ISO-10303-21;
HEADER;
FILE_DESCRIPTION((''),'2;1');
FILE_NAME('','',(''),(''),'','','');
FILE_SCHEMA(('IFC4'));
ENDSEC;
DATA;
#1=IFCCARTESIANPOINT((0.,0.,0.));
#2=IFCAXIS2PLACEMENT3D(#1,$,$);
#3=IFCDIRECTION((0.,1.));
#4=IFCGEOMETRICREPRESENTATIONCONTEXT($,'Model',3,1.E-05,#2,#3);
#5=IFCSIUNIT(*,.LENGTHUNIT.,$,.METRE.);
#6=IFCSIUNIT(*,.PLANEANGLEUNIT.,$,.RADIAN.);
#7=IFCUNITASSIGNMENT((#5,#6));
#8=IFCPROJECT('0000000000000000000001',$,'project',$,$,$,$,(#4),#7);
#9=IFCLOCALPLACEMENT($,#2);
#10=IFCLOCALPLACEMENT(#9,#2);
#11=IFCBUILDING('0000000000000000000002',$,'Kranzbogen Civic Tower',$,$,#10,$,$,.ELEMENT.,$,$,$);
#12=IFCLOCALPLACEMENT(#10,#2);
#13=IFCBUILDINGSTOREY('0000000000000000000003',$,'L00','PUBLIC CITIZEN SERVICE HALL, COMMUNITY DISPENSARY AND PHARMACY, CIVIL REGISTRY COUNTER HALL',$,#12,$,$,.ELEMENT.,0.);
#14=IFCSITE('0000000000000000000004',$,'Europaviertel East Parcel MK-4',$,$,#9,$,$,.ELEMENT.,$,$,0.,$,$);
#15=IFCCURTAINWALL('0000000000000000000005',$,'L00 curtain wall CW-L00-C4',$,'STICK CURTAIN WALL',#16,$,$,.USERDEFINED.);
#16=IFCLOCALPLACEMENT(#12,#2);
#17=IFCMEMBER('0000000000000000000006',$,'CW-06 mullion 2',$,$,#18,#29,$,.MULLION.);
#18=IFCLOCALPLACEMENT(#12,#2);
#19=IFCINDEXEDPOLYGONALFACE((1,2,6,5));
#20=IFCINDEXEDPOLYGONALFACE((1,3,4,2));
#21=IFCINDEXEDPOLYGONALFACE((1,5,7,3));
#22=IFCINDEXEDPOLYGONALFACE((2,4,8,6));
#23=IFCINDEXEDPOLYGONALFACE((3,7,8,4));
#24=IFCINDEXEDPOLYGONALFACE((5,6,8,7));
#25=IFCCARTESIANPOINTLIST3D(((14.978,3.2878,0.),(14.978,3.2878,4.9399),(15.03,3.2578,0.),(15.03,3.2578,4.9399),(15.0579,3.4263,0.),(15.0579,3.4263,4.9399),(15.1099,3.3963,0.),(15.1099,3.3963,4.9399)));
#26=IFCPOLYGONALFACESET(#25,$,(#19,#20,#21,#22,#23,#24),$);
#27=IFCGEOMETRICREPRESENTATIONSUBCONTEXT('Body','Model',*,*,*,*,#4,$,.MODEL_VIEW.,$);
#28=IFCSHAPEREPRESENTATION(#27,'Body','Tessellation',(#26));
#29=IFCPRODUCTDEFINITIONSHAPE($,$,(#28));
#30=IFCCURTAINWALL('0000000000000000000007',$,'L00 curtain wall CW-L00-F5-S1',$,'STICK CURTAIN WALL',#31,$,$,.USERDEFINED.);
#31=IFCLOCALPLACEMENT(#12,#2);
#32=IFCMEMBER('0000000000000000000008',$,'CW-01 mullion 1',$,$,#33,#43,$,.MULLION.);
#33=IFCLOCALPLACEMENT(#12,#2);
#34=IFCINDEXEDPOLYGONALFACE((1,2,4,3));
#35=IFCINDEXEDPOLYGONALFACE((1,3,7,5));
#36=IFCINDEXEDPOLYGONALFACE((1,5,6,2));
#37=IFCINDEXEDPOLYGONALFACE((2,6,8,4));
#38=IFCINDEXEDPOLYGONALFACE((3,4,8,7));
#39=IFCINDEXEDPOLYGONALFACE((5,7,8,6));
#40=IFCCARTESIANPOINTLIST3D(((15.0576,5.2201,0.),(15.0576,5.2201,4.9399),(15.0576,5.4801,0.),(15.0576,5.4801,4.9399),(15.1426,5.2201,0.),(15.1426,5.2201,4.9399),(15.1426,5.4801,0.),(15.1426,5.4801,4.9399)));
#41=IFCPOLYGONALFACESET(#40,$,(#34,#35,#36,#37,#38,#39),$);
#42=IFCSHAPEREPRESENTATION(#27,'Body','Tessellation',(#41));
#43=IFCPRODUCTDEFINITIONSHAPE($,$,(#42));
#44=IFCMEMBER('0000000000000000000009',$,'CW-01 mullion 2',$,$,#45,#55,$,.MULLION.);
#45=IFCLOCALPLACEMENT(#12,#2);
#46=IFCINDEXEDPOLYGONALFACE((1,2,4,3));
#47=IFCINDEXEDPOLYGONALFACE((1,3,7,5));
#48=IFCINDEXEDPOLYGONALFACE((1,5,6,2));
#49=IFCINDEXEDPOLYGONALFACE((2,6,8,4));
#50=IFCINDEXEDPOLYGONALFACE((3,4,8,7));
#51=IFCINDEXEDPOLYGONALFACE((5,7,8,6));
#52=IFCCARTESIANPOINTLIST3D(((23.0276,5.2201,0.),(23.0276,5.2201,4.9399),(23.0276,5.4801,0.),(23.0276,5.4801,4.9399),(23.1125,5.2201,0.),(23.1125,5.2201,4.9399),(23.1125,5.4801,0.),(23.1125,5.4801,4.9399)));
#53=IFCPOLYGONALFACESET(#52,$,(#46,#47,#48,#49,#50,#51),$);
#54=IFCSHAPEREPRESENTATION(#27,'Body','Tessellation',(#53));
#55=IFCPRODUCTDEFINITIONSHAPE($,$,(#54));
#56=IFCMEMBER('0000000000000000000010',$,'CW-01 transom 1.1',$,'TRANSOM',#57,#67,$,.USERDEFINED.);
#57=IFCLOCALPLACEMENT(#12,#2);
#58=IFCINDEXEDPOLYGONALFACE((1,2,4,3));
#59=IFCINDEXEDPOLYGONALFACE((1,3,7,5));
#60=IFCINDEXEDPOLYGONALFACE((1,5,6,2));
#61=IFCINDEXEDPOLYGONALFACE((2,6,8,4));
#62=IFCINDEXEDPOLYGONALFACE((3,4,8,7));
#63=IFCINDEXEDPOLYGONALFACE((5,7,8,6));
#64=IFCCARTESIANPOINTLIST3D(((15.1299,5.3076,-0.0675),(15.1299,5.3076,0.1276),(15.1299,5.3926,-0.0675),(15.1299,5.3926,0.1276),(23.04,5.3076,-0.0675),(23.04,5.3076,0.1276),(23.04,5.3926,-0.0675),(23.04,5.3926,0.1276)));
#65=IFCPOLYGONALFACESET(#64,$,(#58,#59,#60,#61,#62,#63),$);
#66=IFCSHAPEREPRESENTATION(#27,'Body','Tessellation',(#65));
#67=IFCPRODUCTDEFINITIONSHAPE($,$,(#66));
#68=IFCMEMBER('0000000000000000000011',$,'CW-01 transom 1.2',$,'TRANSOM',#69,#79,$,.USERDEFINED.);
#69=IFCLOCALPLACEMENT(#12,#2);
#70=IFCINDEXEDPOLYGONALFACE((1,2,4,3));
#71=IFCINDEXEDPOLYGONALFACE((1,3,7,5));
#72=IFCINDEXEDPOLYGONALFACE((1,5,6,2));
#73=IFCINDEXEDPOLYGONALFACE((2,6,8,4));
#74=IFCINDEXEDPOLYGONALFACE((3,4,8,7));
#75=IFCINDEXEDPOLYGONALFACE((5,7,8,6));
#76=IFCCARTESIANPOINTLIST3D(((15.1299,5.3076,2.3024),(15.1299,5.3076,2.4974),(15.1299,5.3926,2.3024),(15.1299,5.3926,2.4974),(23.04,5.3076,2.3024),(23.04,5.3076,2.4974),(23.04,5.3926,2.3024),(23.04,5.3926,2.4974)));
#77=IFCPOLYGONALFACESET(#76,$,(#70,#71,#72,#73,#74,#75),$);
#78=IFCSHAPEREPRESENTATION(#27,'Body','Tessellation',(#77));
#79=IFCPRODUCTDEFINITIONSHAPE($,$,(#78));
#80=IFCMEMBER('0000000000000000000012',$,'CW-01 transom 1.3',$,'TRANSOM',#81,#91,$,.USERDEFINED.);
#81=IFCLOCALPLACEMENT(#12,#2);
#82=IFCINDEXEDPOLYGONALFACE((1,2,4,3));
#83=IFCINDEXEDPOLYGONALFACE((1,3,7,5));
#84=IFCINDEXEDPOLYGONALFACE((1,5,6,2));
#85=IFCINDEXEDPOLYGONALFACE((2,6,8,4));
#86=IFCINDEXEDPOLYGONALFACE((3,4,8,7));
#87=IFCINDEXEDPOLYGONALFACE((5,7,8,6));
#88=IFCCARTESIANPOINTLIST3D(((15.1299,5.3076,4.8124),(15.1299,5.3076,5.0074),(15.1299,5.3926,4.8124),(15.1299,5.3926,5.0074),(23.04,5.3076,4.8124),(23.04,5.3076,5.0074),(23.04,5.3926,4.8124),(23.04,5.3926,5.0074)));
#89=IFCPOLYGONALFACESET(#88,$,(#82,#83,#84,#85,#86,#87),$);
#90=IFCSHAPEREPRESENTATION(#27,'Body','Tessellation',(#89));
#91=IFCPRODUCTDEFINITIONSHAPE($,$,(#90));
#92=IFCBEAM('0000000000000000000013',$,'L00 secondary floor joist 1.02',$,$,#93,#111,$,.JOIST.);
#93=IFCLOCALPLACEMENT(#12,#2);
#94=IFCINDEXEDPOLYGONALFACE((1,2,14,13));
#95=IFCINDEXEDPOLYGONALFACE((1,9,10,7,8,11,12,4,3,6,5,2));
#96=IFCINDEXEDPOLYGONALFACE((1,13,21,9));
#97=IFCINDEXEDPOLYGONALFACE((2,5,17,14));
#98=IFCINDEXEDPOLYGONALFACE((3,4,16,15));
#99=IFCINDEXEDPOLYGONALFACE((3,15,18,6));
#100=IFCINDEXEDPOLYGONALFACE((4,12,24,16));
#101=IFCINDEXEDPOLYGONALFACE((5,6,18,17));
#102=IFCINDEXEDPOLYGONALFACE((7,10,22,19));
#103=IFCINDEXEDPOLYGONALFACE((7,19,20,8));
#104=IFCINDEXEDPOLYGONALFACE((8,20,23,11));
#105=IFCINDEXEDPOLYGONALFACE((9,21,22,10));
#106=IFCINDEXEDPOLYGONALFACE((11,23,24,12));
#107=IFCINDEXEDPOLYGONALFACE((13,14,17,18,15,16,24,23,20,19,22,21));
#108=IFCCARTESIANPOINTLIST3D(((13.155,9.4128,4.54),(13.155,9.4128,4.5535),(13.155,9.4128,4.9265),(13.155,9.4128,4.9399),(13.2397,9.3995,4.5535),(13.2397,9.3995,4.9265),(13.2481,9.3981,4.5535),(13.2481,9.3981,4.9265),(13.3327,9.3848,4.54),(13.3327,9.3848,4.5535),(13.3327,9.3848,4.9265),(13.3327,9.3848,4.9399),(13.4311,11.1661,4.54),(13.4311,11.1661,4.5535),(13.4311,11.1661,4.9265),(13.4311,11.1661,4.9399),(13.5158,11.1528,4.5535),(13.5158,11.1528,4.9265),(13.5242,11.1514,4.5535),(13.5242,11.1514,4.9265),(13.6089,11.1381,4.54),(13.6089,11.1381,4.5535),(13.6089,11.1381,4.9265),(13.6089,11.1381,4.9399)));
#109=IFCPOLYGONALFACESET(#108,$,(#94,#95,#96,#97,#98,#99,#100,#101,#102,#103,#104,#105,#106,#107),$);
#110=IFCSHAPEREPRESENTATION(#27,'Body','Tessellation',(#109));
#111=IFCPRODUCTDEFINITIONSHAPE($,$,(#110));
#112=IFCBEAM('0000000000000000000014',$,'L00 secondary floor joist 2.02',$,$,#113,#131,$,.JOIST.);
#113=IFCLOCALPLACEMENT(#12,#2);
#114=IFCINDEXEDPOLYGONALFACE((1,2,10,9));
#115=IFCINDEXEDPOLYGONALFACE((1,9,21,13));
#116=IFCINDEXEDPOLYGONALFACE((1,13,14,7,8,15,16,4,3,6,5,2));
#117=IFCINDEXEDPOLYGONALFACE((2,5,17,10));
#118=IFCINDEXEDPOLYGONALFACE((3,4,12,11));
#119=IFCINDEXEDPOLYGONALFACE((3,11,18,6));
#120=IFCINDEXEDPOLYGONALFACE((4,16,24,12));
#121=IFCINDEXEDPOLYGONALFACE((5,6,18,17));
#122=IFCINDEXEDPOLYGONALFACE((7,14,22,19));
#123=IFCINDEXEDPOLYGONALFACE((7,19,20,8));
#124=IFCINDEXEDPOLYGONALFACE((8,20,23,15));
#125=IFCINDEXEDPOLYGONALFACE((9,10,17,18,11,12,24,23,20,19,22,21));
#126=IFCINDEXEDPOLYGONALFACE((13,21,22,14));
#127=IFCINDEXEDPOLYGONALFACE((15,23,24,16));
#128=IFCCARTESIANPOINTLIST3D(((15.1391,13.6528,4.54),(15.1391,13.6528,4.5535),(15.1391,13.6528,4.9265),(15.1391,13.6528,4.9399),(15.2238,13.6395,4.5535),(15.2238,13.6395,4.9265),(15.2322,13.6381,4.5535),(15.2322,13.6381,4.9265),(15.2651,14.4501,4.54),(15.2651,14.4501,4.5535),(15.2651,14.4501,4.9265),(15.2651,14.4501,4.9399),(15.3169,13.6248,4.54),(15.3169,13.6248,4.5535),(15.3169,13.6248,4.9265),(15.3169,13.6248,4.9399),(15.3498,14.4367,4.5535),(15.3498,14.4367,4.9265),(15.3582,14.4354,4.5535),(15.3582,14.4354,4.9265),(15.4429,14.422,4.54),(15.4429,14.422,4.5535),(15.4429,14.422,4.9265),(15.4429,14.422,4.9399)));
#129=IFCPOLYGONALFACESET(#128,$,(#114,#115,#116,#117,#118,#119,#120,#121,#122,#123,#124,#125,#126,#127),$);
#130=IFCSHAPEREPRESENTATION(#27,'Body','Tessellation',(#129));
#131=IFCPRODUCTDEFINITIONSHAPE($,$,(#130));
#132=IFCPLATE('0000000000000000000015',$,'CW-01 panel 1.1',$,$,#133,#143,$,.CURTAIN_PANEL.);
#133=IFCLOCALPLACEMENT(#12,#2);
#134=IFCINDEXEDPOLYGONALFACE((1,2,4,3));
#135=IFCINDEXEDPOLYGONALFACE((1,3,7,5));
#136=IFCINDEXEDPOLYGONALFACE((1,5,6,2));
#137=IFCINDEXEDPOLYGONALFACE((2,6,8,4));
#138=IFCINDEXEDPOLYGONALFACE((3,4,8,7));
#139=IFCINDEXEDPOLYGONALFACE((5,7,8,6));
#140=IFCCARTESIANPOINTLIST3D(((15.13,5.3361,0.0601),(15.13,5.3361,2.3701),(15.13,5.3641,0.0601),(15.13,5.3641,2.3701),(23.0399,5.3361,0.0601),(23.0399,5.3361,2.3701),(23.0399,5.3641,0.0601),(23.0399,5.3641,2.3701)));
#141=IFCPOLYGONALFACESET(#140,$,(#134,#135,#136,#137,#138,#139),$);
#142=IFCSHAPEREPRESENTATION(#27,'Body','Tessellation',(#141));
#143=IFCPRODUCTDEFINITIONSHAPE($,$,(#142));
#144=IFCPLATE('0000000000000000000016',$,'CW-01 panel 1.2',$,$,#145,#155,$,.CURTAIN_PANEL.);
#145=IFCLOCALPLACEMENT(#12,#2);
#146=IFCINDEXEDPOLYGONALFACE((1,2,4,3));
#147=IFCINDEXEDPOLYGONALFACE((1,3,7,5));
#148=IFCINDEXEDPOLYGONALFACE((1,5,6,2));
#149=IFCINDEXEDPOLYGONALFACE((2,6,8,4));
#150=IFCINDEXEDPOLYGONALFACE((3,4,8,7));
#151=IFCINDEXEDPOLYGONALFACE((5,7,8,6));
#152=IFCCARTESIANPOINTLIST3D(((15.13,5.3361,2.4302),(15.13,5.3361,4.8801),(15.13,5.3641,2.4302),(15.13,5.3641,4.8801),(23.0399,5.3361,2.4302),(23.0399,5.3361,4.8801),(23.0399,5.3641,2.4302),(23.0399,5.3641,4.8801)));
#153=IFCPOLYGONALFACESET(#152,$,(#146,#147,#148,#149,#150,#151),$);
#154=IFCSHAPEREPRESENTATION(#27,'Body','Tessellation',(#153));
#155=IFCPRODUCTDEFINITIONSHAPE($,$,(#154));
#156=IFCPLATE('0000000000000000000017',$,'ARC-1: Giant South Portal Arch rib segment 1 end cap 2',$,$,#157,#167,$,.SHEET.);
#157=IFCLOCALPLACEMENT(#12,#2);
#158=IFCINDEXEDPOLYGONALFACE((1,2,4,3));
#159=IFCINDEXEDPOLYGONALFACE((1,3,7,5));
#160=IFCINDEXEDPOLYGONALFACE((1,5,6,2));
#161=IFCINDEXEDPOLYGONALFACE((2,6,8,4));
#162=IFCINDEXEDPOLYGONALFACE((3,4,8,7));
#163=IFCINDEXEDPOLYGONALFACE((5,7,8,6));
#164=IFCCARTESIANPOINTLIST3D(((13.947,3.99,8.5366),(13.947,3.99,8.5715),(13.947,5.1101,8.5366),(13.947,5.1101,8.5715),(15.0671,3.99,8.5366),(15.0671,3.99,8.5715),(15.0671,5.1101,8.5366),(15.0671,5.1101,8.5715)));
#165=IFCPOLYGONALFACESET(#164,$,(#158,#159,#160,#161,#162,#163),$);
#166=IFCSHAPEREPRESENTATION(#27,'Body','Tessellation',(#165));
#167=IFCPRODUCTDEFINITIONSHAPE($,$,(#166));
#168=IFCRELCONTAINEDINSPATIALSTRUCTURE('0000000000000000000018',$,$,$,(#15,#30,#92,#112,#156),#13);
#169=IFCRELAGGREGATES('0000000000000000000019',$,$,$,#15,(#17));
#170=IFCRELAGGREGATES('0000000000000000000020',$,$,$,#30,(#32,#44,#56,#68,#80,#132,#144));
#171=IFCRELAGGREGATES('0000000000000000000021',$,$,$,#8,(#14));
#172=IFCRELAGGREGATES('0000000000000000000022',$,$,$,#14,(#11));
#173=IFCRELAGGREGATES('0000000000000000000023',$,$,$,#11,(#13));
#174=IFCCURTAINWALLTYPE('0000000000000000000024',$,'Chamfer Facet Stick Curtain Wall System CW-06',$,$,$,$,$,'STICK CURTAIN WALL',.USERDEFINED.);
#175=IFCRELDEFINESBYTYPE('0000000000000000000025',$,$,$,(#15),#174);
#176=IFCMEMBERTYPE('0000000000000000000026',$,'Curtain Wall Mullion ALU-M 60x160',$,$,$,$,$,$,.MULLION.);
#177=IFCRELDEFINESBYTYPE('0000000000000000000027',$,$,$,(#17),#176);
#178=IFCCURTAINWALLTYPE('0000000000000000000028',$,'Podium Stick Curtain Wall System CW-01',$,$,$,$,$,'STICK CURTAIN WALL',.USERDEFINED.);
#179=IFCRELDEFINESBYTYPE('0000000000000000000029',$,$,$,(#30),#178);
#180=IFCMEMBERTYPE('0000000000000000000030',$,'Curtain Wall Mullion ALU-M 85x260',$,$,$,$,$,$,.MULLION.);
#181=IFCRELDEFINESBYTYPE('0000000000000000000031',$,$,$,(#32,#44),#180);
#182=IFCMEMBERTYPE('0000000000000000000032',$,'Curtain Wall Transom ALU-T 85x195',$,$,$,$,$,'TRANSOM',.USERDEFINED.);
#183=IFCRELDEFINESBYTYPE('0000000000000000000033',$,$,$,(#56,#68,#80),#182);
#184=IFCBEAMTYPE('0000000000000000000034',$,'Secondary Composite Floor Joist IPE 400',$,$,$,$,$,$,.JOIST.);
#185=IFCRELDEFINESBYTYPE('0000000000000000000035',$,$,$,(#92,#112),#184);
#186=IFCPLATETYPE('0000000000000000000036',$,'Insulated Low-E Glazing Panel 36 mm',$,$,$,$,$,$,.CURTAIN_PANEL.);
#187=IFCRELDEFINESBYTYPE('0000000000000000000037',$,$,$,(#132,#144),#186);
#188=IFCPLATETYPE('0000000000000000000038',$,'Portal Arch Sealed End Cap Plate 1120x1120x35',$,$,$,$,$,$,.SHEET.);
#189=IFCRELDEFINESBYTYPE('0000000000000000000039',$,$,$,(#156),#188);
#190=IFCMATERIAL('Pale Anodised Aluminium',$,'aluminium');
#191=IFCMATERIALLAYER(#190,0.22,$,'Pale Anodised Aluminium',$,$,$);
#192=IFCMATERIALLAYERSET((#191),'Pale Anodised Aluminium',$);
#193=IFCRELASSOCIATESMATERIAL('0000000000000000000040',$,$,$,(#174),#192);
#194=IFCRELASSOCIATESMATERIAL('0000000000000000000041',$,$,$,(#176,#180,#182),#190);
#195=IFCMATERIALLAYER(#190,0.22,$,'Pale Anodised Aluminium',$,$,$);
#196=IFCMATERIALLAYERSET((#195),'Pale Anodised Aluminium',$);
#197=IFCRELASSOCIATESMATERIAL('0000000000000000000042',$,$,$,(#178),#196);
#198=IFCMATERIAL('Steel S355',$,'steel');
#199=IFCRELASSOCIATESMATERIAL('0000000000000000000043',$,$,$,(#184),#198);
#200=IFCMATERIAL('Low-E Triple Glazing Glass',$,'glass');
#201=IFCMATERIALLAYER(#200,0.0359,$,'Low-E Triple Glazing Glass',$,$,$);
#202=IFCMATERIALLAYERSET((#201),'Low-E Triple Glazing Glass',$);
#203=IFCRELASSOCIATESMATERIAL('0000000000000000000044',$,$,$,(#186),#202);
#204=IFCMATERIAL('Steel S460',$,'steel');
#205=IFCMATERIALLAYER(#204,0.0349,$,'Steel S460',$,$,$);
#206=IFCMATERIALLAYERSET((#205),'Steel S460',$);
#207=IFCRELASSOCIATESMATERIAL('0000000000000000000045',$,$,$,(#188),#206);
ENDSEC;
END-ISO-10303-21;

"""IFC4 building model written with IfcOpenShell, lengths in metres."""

from ifc_helpers import new_model, si_unit, direction, frame, origin, origin_2d, place, context, subcontext, project, spatial, rectangle, i_section, extrude, material, layer, layer_set, material_profile, profile_set, type_object, element, aggregate, save


model = new_model("IFC4")

# Units and contexts
model_context = context("Model", 3, precision=1e-05, world=origin(), true_north=direction((0.0, 1.0)))
body_context = subcontext(model_context, "Body", "Model", "MODEL_VIEW")
ifc_project = project(units=[si_unit("LENGTHUNIT", "METRE"), si_unit("PLANEANGLEUNIT", "RADIAN")], contexts=[model_context])

# Site, building, storey
site_placement = place(None, origin())
site = spatial("IfcSite", under=ifc_project, at=site_placement, Name="Europaviertel East Parcel MK-4", CompositionType="ELEMENT", RefElevation=0.0)
building_placement = place(site_placement, origin())
building = spatial("IfcBuilding", under=site, at=building_placement, Name="Kranzbogen Civic Tower", CompositionType="ELEMENT")
storey_placement = place(building_placement, origin())
storey = spatial("IfcBuildingStorey", under=building, at=storey_placement, Name="L00", Description="PUBLIC CITIZEN SERVICE HALL, COMMUNITY DISPENSARY AND PHARMACY, CIVIL REGISTRY COUNTER HALL", CompositionType="ELEMENT", Elevation=0.0)

# Curtain wall, member
ifc_material_1 = material(Name="Pale Anodised Aluminium", Category="aluminium")
ifc_layer_1 = layer(ifc_material_1, 0.22, Name="Pale Anodised Aluminium")
ifc_layer_set_1 = layer_set([ifc_layer_1], Name="Pale Anodised Aluminium")
curtain_wall_type_1 = type_object("IfcCurtainWallType", Name="Chamfer Facet Stick Curtain Wall System CW-06", ElementType="STICK CURTAIN WALL", PredefinedType="USERDEFINED", material=ifc_layer_set_1)
curtain_wall_1_placement = place(storey_placement, origin())
curtain_wall_1 = element("IfcCurtainWall", 1, at=curtain_wall_1_placement, inside=storey, type_object=curtain_wall_type_1, Name="L00 curtain wall CW-L00-C4", ObjectType="STICK CURTAIN WALL", PredefinedType="USERDEFINED")
ifc_material_profile_1 = material_profile(ifc_material_1, rectangle(XDim=0.0601, YDim=0.1599, at=origin_2d()), Name="ALU-M 60x160")
ifc_profile_set_1 = profile_set([ifc_material_profile_1], Name="Pale Anodised Aluminium")
member_type_1 = type_object("IfcMemberType", Name="Curtain Wall Mullion ALU-M 60x160", PredefinedType="MULLION", material=ifc_profile_set_1)
member_1_placement = place(storey_placement, frame((15.0439, 3.342, 0.0), z_axis=(0.0, 0.0, 1.0), x_axis=(0.865992, -0.500058, 0.0)))
member_1 = element("IfcMember", 2, at=member_1_placement, type_object=member_type_1, Name="CW-06 mullion 2", PredefinedType="MULLION", context=body_context, shape_type="SweptSolid", body=[
    extrude(rectangle(XDim=0.0601, YDim=0.1599, at=origin_2d()), origin(), (0.0, 0.0, 1.0), 4.9399),
])
aggregate(curtain_wall_1, [member_1])

# Curtain wall, members
ifc_layer_2 = layer(ifc_material_1, 0.22, Name="Pale Anodised Aluminium")
ifc_layer_set_2 = layer_set([ifc_layer_2], Name="Pale Anodised Aluminium")
curtain_wall_type_2 = type_object("IfcCurtainWallType", Name="Podium Stick Curtain Wall System CW-01", ElementType="STICK CURTAIN WALL", PredefinedType="USERDEFINED", material=ifc_layer_set_2)
curtain_wall_2_placement = place(storey_placement, origin())
curtain_wall_2 = element("IfcCurtainWall", 3, at=curtain_wall_2_placement, inside=storey, type_object=curtain_wall_type_2, Name="L00 curtain wall CW-L00-F5-S1", ObjectType="STICK CURTAIN WALL", PredefinedType="USERDEFINED")
ifc_material_profile_2 = material_profile(ifc_material_1, rectangle(XDim=0.085, YDim=0.26, at=origin_2d()), Name="ALU-M 85x260")
ifc_profile_set_2 = profile_set([ifc_material_profile_2], Name="Pale Anodised Aluminium")
member_type_2 = type_object("IfcMemberType", Name="Curtain Wall Mullion ALU-M 85x260", PredefinedType="MULLION", material=ifc_profile_set_2)
member_2_placement = place(storey_placement, frame((15.1001, 5.3501, 0.0), z_axis=(0.0, 0.0, 1.0), x_axis=(1.0, 0.0, 0.0)))
member_2 = element("IfcMember", 4, at=member_2_placement, type_object=member_type_2, Name="CW-01 mullion 1", PredefinedType="MULLION", context=body_context, shape_type="SweptSolid", body=[
    extrude(rectangle(XDim=0.085, YDim=0.26, at=origin_2d()), origin(), (0.0, 0.0, 1.0), 4.9399),
])
member_3_placement = place(storey_placement, frame((23.0701, 5.3501, 0.0), z_axis=(0.0, 0.0, 1.0), x_axis=(1.0, 0.0, 0.0)))
member_3 = element("IfcMember", 5, at=member_3_placement, type_object=member_type_2, Name="CW-01 mullion 2", PredefinedType="MULLION", context=body_context, shape_type="SweptSolid", body=[
    extrude(rectangle(XDim=0.085, YDim=0.26, at=origin_2d()), origin(), (0.0, 0.0, 1.0), 4.9399),
])
ifc_material_profile_3 = material_profile(ifc_material_1, rectangle(XDim=0.085, YDim=0.1951, at=origin_2d()), Name="ALU-T 85x195")
ifc_profile_set_3 = profile_set([ifc_material_profile_3], Name="Pale Anodised Aluminium")
member_type_3 = type_object("IfcMemberType", Name="Curtain Wall Transom ALU-T 85x195", ElementType="TRANSOM", PredefinedType="USERDEFINED", material=ifc_profile_set_3)
member_4_placement = place(storey_placement, frame((15.1299, 5.3501, 0.03), z_axis=(1.0, 0.0, 0.0), x_axis=(0.0, 1.0, 0.0)))
member_4 = element("IfcMember", 6, at=member_4_placement, type_object=member_type_3, Name="CW-01 transom 1.1", ObjectType="TRANSOM", PredefinedType="USERDEFINED", context=body_context, shape_type="SweptSolid", body=[
    extrude(rectangle(XDim=0.085, YDim=0.1951, at=origin_2d()), origin(), (0.0, 0.0, 1.0), 7.9102),
])
member_5_placement = place(storey_placement, frame((15.1299, 5.3501, 2.3999), z_axis=(1.0, 0.0, 0.0), x_axis=(0.0, 1.0, 0.0)))
member_5 = element("IfcMember", 7, at=member_5_placement, type_object=member_type_3, Name="CW-01 transom 1.2", ObjectType="TRANSOM", PredefinedType="USERDEFINED", context=body_context, shape_type="SweptSolid", body=[
    extrude(rectangle(XDim=0.085, YDim=0.1951, at=origin_2d()), origin(), (0.0, 0.0, 1.0), 7.9102),
])
member_6_placement = place(storey_placement, frame((15.1299, 5.3501, 4.9099), z_axis=(1.0, 0.0, 0.0), x_axis=(0.0, 1.0, 0.0)))
member_6 = element("IfcMember", 8, at=member_6_placement, type_object=member_type_3, Name="CW-01 transom 1.3", ObjectType="TRANSOM", PredefinedType="USERDEFINED", context=body_context, shape_type="SweptSolid", body=[
    extrude(rectangle(XDim=0.085, YDim=0.1951, at=origin_2d()), origin(), (0.0, 0.0, 1.0), 7.9102),
])

# Beams
ifc_material_2 = material(Name="Steel S355", Category="steel")
ifc_material_profile_4 = material_profile(ifc_material_2, i_section(OverallWidth=0.1799, OverallDepth=0.3999, WebThickness=0.0085, FlangeThickness=0.0134, at=origin_2d()), Name="IPE 400")
ifc_profile_set_4 = profile_set([ifc_material_profile_4], Name="Steel S355")
beam_type = type_object("IfcBeamType", Name="Secondary Composite Floor Joist IPE 400", PredefinedType="JOIST", material=ifc_profile_set_4)
beam_1_placement = place(storey_placement, frame((13.52, 11.1521, 4.74), z_axis=(-0.155581, -0.987823, 0.0), x_axis=(0.987823, -0.155581, 0.0)))
element("IfcBeam", 9, at=beam_1_placement, inside=storey, type_object=beam_type, Name="L00 secondary floor joist 1.02", PredefinedType="JOIST", context=body_context, shape_type="SweptSolid", body=[
    extrude(i_section(OverallWidth=0.1799, OverallDepth=0.3999, WebThickness=0.0085, FlangeThickness=0.0134, at=origin_2d()), origin(), (0.0, 0.0, 1.0), 1.7749),
])
beam_2_placement = place(storey_placement, frame((15.354, 14.436, 4.74), z_axis=(-0.156102, -0.987741, 0.0), x_axis=(0.987741, -0.156102, 0.0)))
element("IfcBeam", 10, at=beam_2_placement, inside=storey, type_object=beam_type, Name="L00 secondary floor joist 2.02", PredefinedType="JOIST", context=body_context, shape_type="SweptSolid", body=[
    extrude(i_section(OverallWidth=0.1799, OverallDepth=0.3999, WebThickness=0.0085, FlangeThickness=0.0134, at=origin_2d()), origin(), (0.0, 0.0, 1.0), 0.8071),
])

# Plates
ifc_material_3 = material(Name="Low-E Triple Glazing Glass", Category="glass")
ifc_layer_3 = layer(ifc_material_3, 0.0359, Name="Low-E Triple Glazing Glass")
ifc_layer_set_3 = layer_set([ifc_layer_3], Name="Low-E Triple Glazing Glass")
plate_type_1 = type_object("IfcPlateType", Name="Insulated Low-E Glazing Panel 36 mm", PredefinedType="CURTAIN_PANEL", material=ifc_layer_set_3)
plate_1_placement = place(storey_placement, frame((19.085, 5.3501, 0.0601), z_axis=(0.0, 0.0, 1.0), x_axis=(1.0, 0.0, 0.0)))
plate_1 = element("IfcPlate", 11, at=plate_1_placement, type_object=plate_type_1, Name="CW-01 panel 1.1", PredefinedType="CURTAIN_PANEL", context=body_context, shape_type="SweptSolid", body=[
    extrude(rectangle(XDim=7.9099, YDim=0.0281, at=origin_2d()), origin(), (0.0, 0.0, 1.0), 2.3101),
])
plate_2_placement = place(storey_placement, frame((19.085, 5.3501, 2.4302), z_axis=(0.0, 0.0, 1.0), x_axis=(1.0, 0.0, 0.0)))
plate_2 = element("IfcPlate", 12, at=plate_2_placement, type_object=plate_type_1, Name="CW-01 panel 1.2", PredefinedType="CURTAIN_PANEL", context=body_context, shape_type="SweptSolid", body=[
    extrude(rectangle(XDim=7.9099, YDim=0.0281, at=origin_2d()), origin(), (0.0, 0.0, 1.0), 2.45),
])
aggregate(curtain_wall_2, [member_2, member_3, member_4, member_5, member_6, plate_1, plate_2])
ifc_material_4 = material(Name="Steel S460", Category="steel")
ifc_layer_4 = layer(ifc_material_4, 0.0349, Name="Steel S460")
ifc_layer_set_4 = layer_set([ifc_layer_4], Name="Steel S460")
plate_type_2 = type_object("IfcPlateType", Name="Portal Arch Sealed End Cap Plate 1120x1120x35", PredefinedType="SHEET", material=ifc_layer_set_4)
plate_3_placement = place(storey_placement, frame((14.5071, 4.55, 8.5366), z_axis=(0.0, 0.0, 1.0), x_axis=(1.0, 0.0, 0.0)))
element("IfcPlate", 13, at=plate_3_placement, inside=storey, type_object=plate_type_2, Name="ARC-1: Giant South Portal Arch rib segment 1 end cap 2", PredefinedType="SHEET", context=body_context, shape_type="SweptSolid", body=[
    extrude(rectangle(XDim=1.1201, YDim=1.1201, at=origin_2d()), origin(), (0.0, 0.0, 1.0), 0.0349),
])

save(model, "model.ifc")
